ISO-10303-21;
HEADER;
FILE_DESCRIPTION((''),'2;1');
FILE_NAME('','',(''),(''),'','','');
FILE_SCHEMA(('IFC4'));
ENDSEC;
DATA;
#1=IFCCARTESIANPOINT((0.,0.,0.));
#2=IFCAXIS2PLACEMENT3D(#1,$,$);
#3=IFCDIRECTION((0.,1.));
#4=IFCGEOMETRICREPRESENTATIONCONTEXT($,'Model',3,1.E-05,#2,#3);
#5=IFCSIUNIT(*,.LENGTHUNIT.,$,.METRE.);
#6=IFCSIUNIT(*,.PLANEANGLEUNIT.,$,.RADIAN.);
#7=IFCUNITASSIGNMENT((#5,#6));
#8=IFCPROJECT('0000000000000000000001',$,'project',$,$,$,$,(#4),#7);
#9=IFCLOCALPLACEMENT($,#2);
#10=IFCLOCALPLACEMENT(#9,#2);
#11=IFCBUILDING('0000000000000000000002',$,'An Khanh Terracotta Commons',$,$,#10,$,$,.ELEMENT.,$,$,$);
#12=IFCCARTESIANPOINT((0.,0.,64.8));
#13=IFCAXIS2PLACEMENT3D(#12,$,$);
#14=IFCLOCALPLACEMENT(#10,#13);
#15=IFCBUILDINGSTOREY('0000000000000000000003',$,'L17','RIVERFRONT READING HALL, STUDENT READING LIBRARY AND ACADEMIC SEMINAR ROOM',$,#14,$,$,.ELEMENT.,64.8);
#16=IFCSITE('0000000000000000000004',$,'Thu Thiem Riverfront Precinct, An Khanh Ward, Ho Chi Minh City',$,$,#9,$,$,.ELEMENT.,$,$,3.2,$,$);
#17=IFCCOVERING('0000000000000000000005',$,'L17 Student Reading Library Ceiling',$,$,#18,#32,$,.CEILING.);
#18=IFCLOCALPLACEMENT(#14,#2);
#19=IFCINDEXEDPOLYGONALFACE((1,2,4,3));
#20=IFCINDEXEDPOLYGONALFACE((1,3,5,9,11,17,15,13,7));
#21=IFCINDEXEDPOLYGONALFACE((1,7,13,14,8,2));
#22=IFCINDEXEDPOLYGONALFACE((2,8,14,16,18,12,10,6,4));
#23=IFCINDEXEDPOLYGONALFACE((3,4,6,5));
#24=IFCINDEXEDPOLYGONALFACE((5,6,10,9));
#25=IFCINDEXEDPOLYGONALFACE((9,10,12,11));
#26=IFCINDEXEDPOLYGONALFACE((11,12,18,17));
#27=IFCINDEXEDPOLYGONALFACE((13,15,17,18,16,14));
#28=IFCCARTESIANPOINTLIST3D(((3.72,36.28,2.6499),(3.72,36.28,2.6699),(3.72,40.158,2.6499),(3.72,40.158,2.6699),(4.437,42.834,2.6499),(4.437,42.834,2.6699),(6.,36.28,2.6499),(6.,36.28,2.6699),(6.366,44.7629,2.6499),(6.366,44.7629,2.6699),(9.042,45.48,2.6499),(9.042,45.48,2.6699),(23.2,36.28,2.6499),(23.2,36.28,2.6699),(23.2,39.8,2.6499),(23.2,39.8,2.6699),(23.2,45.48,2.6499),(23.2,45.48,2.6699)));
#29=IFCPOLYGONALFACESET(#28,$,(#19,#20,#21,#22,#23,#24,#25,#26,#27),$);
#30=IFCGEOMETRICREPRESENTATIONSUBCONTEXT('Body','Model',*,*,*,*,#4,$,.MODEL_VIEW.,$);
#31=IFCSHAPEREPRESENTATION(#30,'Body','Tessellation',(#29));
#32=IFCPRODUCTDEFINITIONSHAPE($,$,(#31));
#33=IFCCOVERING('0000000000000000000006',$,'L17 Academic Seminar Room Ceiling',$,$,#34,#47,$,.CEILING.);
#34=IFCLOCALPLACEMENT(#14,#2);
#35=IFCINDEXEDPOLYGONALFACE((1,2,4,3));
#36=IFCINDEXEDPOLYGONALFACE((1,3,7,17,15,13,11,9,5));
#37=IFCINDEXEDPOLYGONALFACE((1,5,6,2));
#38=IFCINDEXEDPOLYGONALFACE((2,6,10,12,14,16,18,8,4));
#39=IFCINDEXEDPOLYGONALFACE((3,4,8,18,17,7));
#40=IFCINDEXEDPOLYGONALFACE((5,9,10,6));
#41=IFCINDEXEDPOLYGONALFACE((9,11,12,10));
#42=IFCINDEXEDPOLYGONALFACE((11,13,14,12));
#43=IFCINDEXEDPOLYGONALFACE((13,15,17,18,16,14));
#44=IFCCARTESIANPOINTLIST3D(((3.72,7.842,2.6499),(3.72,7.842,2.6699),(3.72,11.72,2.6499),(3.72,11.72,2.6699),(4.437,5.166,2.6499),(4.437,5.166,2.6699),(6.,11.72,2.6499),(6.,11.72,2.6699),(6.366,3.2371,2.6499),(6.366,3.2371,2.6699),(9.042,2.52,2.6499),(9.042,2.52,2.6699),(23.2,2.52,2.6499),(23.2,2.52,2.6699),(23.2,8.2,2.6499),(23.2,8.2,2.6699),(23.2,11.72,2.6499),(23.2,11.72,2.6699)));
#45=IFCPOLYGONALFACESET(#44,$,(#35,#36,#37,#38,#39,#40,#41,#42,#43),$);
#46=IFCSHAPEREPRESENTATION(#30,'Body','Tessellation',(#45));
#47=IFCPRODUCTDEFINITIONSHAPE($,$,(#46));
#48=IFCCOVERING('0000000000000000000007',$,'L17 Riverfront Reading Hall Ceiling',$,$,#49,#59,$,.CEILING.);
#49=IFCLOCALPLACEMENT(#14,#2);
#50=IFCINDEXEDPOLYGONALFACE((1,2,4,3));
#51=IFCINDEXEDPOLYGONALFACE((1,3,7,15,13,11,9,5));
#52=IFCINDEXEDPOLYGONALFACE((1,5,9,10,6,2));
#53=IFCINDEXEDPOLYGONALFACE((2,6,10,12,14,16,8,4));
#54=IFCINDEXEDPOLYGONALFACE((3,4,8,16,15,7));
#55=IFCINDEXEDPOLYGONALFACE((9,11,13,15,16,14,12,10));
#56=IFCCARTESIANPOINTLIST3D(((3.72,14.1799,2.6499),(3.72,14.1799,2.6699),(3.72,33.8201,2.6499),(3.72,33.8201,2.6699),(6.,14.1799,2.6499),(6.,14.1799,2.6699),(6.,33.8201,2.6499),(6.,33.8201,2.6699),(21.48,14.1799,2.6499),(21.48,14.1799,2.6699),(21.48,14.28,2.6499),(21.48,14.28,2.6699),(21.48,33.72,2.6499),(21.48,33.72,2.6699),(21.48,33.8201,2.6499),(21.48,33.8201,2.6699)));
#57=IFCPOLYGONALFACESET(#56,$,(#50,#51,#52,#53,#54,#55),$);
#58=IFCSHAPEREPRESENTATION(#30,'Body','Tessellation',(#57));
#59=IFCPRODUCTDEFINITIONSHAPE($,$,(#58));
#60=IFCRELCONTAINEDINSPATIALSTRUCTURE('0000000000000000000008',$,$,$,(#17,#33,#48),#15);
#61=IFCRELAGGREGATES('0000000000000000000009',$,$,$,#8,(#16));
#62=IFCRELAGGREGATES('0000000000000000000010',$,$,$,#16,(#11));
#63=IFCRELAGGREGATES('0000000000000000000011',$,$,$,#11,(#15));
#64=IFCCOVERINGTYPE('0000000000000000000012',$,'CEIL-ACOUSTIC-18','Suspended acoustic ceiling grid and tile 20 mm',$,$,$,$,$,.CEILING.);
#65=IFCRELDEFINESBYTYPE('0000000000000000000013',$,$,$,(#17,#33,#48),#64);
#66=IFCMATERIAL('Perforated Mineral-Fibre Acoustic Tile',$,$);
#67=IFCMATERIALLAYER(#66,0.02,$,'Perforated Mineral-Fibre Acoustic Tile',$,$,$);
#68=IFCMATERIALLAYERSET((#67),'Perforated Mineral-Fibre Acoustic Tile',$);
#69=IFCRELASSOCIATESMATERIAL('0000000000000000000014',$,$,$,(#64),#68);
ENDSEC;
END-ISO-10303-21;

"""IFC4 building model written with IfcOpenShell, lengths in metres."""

from ifc_helpers import new_model, si_unit, direction, frame, origin, place, context, subcontext, project, spatial, polyline, outline, extrude, material, layer, layer_set, type_object, element, save


model = new_model("IFC4")

# Units and contexts
model_context = context("Model", 3, precision=1e-05, world=origin(), true_north=direction((0.0, 1.0)))
body_context = subcontext(model_context, "Body", "Model", "MODEL_VIEW")
ifc_project = project(units=[si_unit("LENGTHUNIT", "METRE"), si_unit("PLANEANGLEUNIT", "RADIAN")], contexts=[model_context])

# Site, building, storey
site_placement = place(None, origin())
site = spatial("IfcSite", under=ifc_project, at=site_placement, Name="Thu Thiem Riverfront Precinct, An Khanh Ward, Ho Chi Minh City", CompositionType="ELEMENT", RefElevation=3.2)
building_placement = place(site_placement, origin())
building = spatial("IfcBuilding", under=site, at=building_placement, Name="An Khanh Terracotta Commons", CompositionType="ELEMENT")
storey_placement = place(building_placement, frame((0.0, 0.0, 64.8)))
storey = spatial("IfcBuildingStorey", under=building, at=storey_placement, Name="L17", Description="RIVERFRONT READING HALL, STUDENT READING LIBRARY AND ACADEMIC SEMINAR ROOM", CompositionType="ELEMENT", Elevation=64.8)

# Coverings
ifc_material_1 = material(Name="Perforated Mineral-Fibre Acoustic Tile")
ifc_layer_1 = layer(ifc_material_1, 0.02, Name="Perforated Mineral-Fibre Acoustic Tile")
ifc_layer_set_1 = layer_set([ifc_layer_1], Name="Perforated Mineral-Fibre Acoustic Tile")
covering_type = type_object("IfcCoveringType", Name="CEIL-ACOUSTIC-18", Description="Suspended acoustic ceiling grid and tile 20 mm", PredefinedType="CEILING", material=ifc_layer_set_1)
covering_1_placement = place(storey_placement, frame((0.0, 0.0, 2.6499)))
element("IfcCovering", 1, at=covering_1_placement, inside=storey, type_object=covering_type, Name="L17 Student Reading Library Ceiling", PredefinedType="CEILING", context=body_context, shape_type="SweptSolid", body=[
    extrude(outline(polyline([(9.042, 45.48), (23.2, 45.48), (23.2, 39.8), (23.2, 36.28), (6.0, 36.28), (3.72, 36.28), (3.72, 40.158), (4.437, 42.834), (6.366, 44.7629), (9.042, 45.48)])), origin(), (0.0, 0.0, 1.0), 0.02),
])
covering_2_placement = place(storey_placement, frame((0.0, 0.0, 2.6499)))
element("IfcCovering", 2, at=covering_2_placement, inside=storey, type_object=covering_type, Name="L17 Academic Seminar Room Ceiling", PredefinedType="CEILING", context=body_context, shape_type="SweptSolid", body=[
    extrude(outline(polyline([(9.042, 2.52), (6.366, 3.2371), (4.437, 5.166), (3.72, 7.842), (3.72, 11.72), (6.0, 11.72), (23.2, 11.72), (23.2, 8.2), (23.2, 2.52), (9.042, 2.52)])), origin(), (0.0, 0.0, 1.0), 0.02),
])
covering_3_placement = place(storey_placement, frame((0.0, 0.0, 2.6499)))
element("IfcCovering", 3, at=covering_3_placement, inside=storey, type_object=covering_type, Name="L17 Riverfront Reading Hall Ceiling", PredefinedType="CEILING", context=body_context, shape_type="SweptSolid", body=[
    extrude(outline(polyline([(3.72, 33.8201), (6.0, 33.8201), (21.48, 33.8201), (21.48, 33.72), (21.48, 14.28), (21.48, 14.1799), (6.0, 14.1799), (3.72, 14.1799), (3.72, 33.8201)])), origin(), (0.0, 0.0, 1.0), 0.02),
])

save(model, "model.ifc")
